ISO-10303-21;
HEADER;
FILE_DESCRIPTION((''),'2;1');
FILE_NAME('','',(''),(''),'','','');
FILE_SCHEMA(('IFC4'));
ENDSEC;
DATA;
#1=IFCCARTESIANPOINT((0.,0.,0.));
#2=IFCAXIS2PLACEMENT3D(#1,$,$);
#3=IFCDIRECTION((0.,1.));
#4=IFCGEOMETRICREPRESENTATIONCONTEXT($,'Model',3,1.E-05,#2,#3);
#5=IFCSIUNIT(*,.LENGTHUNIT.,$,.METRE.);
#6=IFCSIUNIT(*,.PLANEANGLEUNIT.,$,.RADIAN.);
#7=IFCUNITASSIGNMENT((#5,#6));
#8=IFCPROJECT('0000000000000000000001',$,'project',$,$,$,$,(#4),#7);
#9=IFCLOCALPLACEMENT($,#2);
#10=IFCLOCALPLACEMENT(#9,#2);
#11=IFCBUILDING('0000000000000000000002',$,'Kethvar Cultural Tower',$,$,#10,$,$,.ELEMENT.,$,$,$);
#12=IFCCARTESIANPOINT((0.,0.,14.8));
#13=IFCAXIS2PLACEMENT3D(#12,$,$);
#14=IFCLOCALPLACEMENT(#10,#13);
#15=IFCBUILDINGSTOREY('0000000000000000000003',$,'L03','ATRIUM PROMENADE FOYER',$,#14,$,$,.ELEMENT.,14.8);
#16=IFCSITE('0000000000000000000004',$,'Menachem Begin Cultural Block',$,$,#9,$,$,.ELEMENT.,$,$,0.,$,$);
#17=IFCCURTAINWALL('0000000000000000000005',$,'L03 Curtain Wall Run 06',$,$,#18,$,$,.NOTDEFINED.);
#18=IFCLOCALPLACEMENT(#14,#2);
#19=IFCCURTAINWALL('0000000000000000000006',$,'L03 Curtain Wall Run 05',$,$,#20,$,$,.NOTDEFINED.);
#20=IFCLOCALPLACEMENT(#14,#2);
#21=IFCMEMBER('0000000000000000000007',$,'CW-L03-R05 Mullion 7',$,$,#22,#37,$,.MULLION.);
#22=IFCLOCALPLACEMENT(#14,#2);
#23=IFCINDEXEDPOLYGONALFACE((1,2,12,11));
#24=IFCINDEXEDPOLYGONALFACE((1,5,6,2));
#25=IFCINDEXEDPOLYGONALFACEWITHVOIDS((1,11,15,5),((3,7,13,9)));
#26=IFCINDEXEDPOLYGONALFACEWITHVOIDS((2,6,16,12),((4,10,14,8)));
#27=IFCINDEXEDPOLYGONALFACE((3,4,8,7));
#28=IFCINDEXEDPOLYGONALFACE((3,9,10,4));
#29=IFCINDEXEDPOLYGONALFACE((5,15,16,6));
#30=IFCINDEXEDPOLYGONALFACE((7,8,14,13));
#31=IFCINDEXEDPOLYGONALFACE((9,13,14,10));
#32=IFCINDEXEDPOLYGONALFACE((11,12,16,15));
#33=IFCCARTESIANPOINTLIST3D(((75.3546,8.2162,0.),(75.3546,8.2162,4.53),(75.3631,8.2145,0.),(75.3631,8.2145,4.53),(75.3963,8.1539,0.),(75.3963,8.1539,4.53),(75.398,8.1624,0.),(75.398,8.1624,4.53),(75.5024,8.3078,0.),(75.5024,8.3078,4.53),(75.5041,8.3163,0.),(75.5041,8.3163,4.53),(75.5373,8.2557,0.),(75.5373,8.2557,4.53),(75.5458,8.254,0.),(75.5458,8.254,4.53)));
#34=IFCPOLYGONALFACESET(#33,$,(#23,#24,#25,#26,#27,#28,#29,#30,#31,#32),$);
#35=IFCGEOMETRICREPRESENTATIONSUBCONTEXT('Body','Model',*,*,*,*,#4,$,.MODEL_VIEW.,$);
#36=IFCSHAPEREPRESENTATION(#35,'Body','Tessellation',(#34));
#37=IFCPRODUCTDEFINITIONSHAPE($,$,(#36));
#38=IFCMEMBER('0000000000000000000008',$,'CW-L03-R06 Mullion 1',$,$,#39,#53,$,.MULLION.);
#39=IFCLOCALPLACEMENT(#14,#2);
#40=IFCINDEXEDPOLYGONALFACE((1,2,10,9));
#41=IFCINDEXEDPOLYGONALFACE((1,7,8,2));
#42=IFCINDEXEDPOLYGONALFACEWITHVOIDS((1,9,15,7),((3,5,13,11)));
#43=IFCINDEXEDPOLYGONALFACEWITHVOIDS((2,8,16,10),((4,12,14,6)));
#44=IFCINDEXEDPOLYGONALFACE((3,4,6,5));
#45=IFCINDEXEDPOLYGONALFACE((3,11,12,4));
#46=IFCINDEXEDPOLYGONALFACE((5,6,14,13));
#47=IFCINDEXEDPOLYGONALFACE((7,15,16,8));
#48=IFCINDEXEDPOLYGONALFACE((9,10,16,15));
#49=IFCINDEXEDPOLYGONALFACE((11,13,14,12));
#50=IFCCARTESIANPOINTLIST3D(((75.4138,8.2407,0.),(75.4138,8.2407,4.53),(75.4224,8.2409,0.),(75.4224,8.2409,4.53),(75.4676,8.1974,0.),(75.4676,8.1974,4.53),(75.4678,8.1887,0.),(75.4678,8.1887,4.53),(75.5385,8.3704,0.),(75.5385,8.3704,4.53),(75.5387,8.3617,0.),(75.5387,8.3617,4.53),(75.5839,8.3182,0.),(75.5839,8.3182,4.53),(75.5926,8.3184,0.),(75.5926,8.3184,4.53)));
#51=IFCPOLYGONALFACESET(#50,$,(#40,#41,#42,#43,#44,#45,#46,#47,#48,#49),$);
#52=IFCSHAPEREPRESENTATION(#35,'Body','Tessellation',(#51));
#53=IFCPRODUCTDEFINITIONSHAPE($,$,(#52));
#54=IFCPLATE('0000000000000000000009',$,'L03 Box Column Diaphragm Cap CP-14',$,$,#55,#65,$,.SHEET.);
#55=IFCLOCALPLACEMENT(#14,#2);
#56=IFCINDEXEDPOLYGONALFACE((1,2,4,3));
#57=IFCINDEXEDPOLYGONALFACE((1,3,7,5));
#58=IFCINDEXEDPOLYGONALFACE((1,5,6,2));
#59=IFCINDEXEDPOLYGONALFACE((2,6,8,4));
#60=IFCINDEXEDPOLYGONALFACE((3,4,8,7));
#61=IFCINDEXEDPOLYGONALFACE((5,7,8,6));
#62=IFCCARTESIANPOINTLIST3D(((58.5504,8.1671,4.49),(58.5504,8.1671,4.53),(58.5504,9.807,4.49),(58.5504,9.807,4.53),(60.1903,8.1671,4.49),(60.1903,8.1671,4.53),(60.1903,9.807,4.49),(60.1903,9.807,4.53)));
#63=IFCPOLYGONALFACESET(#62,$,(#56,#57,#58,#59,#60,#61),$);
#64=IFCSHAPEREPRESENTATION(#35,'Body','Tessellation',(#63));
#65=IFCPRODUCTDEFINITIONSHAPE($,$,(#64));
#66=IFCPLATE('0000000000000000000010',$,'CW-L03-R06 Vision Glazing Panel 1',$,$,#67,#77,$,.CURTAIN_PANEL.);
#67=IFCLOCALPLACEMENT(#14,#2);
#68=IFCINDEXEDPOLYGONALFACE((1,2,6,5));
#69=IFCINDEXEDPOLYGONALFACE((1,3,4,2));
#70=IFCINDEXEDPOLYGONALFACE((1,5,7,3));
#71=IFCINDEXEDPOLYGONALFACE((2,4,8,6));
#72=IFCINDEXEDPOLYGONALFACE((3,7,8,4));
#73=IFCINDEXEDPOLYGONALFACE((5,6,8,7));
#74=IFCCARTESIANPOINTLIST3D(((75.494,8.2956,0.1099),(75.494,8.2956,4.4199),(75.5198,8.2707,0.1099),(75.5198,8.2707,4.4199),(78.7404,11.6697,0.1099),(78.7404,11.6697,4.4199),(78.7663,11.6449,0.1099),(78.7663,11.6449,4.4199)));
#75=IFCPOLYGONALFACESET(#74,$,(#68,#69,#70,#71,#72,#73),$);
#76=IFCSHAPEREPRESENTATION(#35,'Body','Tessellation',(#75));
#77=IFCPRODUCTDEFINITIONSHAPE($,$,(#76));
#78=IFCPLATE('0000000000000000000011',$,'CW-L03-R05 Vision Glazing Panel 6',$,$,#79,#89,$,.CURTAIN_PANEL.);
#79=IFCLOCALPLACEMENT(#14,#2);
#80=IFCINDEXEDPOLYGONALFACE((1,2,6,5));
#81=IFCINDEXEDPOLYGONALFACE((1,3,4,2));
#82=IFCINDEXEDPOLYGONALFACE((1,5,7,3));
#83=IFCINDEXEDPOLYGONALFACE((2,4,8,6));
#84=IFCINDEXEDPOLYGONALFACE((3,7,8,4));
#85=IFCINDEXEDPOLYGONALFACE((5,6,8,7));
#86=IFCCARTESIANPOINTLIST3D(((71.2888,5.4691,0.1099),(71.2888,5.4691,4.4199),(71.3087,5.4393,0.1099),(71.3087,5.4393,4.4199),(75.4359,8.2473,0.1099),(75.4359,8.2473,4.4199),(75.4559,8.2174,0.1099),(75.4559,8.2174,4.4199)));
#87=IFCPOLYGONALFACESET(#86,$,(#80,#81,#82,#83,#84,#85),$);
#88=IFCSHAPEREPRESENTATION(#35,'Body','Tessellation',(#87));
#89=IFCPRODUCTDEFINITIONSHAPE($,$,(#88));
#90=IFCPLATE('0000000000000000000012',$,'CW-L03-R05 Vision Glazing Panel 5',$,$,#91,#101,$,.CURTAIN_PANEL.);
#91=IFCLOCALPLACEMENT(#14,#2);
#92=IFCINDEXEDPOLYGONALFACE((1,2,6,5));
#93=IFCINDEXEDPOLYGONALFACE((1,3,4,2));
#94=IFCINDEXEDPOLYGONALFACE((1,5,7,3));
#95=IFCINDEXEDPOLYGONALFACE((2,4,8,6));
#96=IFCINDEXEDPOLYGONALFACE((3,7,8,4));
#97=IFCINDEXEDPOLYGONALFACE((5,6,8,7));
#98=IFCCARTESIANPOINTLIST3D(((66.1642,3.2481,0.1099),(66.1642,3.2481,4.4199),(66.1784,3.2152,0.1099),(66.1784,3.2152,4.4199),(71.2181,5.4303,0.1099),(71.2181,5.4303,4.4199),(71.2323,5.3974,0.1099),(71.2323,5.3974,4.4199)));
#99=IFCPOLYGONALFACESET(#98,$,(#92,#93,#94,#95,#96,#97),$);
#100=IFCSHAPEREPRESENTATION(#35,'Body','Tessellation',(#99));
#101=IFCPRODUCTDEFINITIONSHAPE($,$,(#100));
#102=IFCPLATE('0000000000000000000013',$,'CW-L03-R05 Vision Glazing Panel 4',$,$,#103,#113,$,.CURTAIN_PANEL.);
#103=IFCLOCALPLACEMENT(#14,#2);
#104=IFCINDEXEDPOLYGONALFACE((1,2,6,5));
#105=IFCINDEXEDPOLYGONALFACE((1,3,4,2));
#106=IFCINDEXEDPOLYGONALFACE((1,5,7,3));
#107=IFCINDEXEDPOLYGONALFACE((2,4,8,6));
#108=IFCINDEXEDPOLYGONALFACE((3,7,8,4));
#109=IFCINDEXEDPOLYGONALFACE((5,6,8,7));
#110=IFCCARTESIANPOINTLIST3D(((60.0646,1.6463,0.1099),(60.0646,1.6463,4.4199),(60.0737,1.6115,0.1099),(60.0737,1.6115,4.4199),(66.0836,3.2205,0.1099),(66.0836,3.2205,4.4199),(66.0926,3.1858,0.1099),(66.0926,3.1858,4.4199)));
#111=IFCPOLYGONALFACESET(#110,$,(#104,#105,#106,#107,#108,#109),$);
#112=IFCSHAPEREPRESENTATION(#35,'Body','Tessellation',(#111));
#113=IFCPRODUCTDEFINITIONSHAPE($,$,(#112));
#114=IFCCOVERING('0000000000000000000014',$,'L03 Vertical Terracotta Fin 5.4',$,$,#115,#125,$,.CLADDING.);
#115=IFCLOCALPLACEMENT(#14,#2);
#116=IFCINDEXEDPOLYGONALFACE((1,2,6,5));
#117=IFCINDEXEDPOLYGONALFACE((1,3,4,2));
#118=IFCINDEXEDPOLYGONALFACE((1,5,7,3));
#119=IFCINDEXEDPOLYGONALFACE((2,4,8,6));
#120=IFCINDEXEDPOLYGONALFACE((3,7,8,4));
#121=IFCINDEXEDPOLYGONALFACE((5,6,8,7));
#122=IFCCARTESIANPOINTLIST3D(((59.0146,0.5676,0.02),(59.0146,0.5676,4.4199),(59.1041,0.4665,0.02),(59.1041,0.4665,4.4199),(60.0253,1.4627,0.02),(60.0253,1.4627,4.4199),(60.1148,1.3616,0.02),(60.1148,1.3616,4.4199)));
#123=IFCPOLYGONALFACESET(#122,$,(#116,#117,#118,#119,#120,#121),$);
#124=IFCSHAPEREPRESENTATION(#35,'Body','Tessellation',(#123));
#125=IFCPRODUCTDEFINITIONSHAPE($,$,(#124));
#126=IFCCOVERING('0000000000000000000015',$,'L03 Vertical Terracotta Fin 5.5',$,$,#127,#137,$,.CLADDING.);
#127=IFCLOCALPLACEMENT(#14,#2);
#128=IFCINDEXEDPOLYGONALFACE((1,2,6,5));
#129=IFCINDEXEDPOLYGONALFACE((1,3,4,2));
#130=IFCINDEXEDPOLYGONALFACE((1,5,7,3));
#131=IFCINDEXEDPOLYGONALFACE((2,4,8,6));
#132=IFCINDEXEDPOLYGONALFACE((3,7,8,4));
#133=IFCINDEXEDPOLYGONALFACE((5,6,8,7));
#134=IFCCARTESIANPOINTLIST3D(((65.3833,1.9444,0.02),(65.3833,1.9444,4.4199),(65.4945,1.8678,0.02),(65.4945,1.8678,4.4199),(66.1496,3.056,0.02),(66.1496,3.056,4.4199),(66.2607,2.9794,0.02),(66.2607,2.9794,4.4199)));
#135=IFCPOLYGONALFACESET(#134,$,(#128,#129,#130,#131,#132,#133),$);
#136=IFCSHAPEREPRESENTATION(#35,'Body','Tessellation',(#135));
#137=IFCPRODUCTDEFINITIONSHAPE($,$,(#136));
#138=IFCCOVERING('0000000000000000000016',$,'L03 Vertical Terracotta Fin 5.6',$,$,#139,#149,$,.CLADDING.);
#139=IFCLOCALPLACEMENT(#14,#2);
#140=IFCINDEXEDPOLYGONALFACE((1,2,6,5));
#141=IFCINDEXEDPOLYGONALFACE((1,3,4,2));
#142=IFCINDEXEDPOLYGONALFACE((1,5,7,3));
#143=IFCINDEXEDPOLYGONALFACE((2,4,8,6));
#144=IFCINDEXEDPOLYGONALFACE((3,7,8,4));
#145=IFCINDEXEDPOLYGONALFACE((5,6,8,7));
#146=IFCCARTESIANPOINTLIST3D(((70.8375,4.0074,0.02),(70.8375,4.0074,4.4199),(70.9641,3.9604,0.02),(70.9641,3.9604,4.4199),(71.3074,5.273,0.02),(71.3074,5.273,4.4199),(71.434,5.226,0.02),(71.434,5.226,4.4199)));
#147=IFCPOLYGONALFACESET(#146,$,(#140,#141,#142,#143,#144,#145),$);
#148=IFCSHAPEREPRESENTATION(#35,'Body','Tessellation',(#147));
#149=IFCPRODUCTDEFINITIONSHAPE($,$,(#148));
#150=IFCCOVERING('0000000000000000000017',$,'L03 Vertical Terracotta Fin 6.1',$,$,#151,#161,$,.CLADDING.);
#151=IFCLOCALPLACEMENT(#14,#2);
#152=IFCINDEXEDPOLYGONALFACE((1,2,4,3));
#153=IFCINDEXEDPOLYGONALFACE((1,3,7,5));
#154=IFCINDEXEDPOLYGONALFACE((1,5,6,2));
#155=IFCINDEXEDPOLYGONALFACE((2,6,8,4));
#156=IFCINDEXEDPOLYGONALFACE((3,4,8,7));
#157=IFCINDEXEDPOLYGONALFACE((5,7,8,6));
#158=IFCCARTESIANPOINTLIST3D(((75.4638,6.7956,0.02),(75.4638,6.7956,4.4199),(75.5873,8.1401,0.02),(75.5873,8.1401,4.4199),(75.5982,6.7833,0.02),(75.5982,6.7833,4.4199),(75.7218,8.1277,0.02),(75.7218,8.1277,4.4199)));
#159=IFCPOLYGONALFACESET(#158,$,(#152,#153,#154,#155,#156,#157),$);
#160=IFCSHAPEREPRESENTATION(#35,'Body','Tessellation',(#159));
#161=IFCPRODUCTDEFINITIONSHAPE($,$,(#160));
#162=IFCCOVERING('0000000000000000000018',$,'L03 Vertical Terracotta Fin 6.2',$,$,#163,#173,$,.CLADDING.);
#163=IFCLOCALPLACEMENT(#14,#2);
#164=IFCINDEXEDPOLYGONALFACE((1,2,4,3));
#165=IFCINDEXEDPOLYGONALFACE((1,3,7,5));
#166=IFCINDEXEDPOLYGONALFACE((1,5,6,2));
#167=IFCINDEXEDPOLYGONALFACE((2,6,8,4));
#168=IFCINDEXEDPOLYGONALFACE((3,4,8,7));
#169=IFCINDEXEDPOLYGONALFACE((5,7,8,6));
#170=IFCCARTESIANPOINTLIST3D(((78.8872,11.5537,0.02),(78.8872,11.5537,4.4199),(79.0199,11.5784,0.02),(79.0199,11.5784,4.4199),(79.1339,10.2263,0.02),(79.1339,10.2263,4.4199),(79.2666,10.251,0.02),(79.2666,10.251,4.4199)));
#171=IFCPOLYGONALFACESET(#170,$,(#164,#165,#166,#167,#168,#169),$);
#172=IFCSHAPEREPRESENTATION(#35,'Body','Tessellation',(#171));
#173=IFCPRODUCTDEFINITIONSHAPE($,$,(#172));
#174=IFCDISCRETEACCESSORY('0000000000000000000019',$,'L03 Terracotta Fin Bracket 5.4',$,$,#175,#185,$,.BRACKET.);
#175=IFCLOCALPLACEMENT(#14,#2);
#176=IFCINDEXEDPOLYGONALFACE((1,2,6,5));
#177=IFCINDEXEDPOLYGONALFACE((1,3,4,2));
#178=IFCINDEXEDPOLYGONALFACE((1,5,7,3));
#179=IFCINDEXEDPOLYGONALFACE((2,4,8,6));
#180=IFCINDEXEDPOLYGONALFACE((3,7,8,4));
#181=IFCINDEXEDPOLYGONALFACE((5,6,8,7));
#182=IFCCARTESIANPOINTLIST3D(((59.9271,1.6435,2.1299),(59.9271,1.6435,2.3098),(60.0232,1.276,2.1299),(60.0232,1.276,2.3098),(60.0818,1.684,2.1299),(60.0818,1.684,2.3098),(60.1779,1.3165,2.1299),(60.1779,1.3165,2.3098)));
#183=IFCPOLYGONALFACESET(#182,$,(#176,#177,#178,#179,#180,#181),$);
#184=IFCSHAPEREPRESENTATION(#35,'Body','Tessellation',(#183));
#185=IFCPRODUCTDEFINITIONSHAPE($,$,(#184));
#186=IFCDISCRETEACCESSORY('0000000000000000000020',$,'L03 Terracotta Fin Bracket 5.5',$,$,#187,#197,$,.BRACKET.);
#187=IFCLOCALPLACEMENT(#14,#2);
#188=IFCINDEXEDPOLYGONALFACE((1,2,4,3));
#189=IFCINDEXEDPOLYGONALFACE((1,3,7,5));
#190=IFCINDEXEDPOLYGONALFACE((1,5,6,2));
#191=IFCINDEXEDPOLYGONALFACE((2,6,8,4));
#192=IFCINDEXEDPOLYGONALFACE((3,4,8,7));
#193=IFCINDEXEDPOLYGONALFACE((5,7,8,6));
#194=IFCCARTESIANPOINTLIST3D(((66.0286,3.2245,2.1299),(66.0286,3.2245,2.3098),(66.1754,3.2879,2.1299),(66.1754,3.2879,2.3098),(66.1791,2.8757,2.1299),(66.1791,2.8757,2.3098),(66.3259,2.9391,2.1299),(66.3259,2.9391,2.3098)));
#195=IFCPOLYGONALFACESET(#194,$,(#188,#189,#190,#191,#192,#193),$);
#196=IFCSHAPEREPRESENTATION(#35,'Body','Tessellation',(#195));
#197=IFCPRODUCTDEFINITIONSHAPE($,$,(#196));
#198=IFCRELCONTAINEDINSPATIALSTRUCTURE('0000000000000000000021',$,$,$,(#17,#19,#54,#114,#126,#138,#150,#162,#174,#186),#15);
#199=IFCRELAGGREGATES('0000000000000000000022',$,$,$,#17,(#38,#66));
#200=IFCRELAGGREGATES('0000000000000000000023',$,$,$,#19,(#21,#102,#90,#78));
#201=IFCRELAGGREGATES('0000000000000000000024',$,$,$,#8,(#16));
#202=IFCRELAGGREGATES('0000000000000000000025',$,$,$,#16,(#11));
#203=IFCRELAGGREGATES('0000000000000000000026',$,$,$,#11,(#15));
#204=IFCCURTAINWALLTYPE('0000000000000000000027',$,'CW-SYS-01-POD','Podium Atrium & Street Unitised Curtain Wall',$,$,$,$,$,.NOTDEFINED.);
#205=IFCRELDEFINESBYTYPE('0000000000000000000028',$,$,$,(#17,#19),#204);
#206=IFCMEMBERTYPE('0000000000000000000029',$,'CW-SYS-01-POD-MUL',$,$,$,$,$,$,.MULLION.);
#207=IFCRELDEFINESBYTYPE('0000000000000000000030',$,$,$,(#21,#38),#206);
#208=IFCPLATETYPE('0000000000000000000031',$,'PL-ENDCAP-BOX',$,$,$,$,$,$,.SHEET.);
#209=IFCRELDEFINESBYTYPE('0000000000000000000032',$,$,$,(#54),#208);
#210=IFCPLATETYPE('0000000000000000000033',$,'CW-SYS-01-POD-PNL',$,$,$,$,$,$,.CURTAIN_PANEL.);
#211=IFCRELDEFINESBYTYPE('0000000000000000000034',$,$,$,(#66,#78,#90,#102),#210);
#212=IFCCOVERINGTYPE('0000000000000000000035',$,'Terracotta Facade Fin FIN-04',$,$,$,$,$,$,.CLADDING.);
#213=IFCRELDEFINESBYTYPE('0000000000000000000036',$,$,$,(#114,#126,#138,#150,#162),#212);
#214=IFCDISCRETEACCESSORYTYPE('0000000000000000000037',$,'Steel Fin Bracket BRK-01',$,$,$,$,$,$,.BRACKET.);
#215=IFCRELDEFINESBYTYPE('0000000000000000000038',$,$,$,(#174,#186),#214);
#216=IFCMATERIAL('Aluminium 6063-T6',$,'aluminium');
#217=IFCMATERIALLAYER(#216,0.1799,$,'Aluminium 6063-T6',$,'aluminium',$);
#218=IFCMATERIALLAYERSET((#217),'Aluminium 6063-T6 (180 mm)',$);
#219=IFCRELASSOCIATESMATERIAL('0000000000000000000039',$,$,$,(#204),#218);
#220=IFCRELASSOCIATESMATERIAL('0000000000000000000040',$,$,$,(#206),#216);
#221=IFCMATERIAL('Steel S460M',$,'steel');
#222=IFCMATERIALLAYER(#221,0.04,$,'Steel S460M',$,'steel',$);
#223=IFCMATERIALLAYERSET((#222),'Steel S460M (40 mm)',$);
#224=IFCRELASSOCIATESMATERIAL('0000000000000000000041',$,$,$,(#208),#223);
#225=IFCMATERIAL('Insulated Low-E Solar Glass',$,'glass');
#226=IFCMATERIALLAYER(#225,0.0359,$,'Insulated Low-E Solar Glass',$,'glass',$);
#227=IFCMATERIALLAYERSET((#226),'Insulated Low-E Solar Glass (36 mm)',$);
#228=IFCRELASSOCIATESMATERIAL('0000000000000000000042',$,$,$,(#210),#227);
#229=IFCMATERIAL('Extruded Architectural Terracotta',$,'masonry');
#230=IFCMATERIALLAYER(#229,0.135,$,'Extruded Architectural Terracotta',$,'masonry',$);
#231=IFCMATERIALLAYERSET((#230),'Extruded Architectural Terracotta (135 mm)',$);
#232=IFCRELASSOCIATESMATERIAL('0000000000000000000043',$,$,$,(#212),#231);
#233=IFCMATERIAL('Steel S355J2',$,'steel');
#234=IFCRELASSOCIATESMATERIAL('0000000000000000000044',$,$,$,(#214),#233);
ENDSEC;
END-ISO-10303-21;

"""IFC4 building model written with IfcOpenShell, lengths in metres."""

from ifc_helpers import new_model, si_unit, direction, frame, origin, origin_2d, place, context, subcontext, project, spatial, rectangle, hollow_rectangle, extrude, source, transform, mapped, material, layer, layer_set, material_profile, profile_set, type_object, element, aggregate, save


model = new_model("IFC4")

# Units and contexts
model_context = context("Model", 3, precision=1e-05, world=origin(), true_north=direction((0.0, 1.0)))
body_context = subcontext(model_context, "Body", "Model", "MODEL_VIEW")
ifc_project = project(units=[si_unit("LENGTHUNIT", "METRE"), si_unit("PLANEANGLEUNIT", "RADIAN")], contexts=[model_context])

# Site, building, storey
site_placement = place(None, origin())
site = spatial("IfcSite", under=ifc_project, at=site_placement, Name="Menachem Begin Cultural Block", CompositionType="ELEMENT", RefElevation=0.0)
building_placement = place(site_placement, origin())
building = spatial("IfcBuilding", under=site, at=building_placement, Name="Kethvar Cultural Tower", CompositionType="ELEMENT")
storey_placement = place(building_placement, frame((0.0, 0.0, 14.8)))
storey = spatial("IfcBuildingStorey", under=building, at=storey_placement, Name="L03", Description="ATRIUM PROMENADE FOYER", CompositionType="ELEMENT", Elevation=14.8)

# Shared definitions
ifc_material_1 = material(Name="Steel S355J2", Category="steel")

# Curtain wall
ifc_material_2 = material(Name="Aluminium 6063-T6", Category="aluminium")
ifc_layer_1 = layer(ifc_material_2, 0.1799, Name="Aluminium 6063-T6", Category="aluminium")
ifc_layer_set_1 = layer_set([ifc_layer_1], Name="Aluminium 6063-T6 (180 mm)")
curtain_wall_type = type_object("IfcCurtainWallType", Name="CW-SYS-01-POD", Description="Podium Atrium & Street Unitised Curtain Wall", PredefinedType="NOTDEFINED", material=ifc_layer_set_1)
curtain_wall_1_placement = place(storey_placement, origin())
curtain_wall_1 = element("IfcCurtainWall", 1, at=curtain_wall_1_placement, inside=storey, type_object=curtain_wall_type, Name="L03 Curtain Wall Run 06", PredefinedType="NOTDEFINED")

# Curtain wall, member
curtain_wall_2_placement = place(storey_placement, origin())
curtain_wall_2 = element("IfcCurtainWall", 2, at=curtain_wall_2_placement, inside=storey, type_object=curtain_wall_type, Name="L03 Curtain Wall Run 05", PredefinedType="NOTDEFINED")
ifc_material_profile_1 = material_profile(ifc_material_2, hollow_rectangle(XDim=0.075, YDim=0.1799, WallThickness=0.0061, at=origin_2d()), Name="Aluminium 6063-T6 — RHS180x75x6")
ifc_profile_set_1 = profile_set([ifc_material_profile_1], Name="Aluminium 6063-T6 — RHS180x75x6")
member_type_1 = type_object("IfcMemberType", Name="CW-SYS-01-POD-MUL", PredefinedType="MULLION", material=ifc_profile_set_1)
shared_shape_1 = source(origin(), body_context, "Body", "SweptSolid", [
    extrude(hollow_rectangle(XDim=0.075, YDim=0.1799, WallThickness=0.0061, at=origin_2d()), origin(), (0.0, 0.0, 1.0), 4.53),
])
member_1_placement = place(storey_placement, frame((75.4502, 8.2351, 0.0), z_axis=(0.0, 0.0, 1.0), x_axis=(-0.556557, 0.83081, 0.0)))
member_1 = element("IfcMember", 3, at=member_1_placement, type_object=member_type_1, Name="CW-L03-R05 Mullion 7", PredefinedType="MULLION", context=body_context, shape_type="MappedRepresentation", body=[
    mapped(shared_shape_1, transform((0.0, 0.0, 0.0), scale=1.0)),
])

# Member
member_2_placement = place(storey_placement, frame((75.5032, 8.2795, 0.0), z_axis=(0.0, 0.0, 1.0), x_axis=(-0.720612, 0.693339, 0.0)))
member_2 = element("IfcMember", 4, at=member_2_placement, type_object=member_type_1, Name="CW-L03-R06 Mullion 1", PredefinedType="MULLION", context=body_context, shape_type="MappedRepresentation", body=[
    mapped(shared_shape_1, transform((0.0, 0.0, 0.0), scale=1.0)),
])

# Plates
ifc_material_3 = material(Name="Steel S460M", Category="steel")
ifc_layer_2 = layer(ifc_material_3, 0.04, Name="Steel S460M", Category="steel")
ifc_layer_set_2 = layer_set([ifc_layer_2], Name="Steel S460M (40 mm)")
plate_type_1 = type_object("IfcPlateType", Name="PL-ENDCAP-BOX", PredefinedType="SHEET", material=ifc_layer_set_2)
shared_shape_2 = source(origin(), body_context, "Body", "SweptSolid", [
    extrude(rectangle(XDim=1.6399, YDim=1.6399, at=origin_2d()), origin(), (0.0, 0.0, 1.0), 0.04),
])
plate_1_placement = place(storey_placement, frame((59.3704, 8.9871, 4.49), z_axis=(0.0, 0.0, 1.0), x_axis=(1.0, 0.0, 0.0)))
element("IfcPlate", 5, at=plate_1_placement, inside=storey, type_object=plate_type_1, Name="L03 Box Column Diaphragm Cap CP-14", PredefinedType="SHEET", context=body_context, shape_type="MappedRepresentation", body=[
    mapped(shared_shape_2, transform((0.0, 0.0, 0.0), scale=1.0)),
])
ifc_material_4 = material(Name="Insulated Low-E Solar Glass", Category="glass")
ifc_layer_3 = layer(ifc_material_4, 0.0359, Name="Insulated Low-E Solar Glass", Category="glass")
ifc_layer_set_3 = layer_set([ifc_layer_3], Name="Insulated Low-E Solar Glass (36 mm)")
plate_type_2 = type_object("IfcPlateType", Name="CW-SYS-01-POD-PNL", PredefinedType="CURTAIN_PANEL", material=ifc_layer_set_3)
shared_shape_3 = source(origin(), body_context, "Body", "SweptSolid", [
    extrude(rectangle(XDim=4.6824, YDim=0.0359, at=origin_2d()), origin(), (0.0, 0.0, 1.0), 4.3101),
])
plate_2_placement = place(storey_placement, frame((77.1301, 9.9702, 0.1099), z_axis=(0.0, 0.0, 1.0), x_axis=(0.693339, 0.720612, 0.0)))
plate_2 = element("IfcPlate", 6, at=plate_2_placement, type_object=plate_type_2, Name="CW-L03-R06 Vision Glazing Panel 1", PredefinedType="CURTAIN_PANEL", context=body_context, shape_type="MappedRepresentation", body=[
    mapped(shared_shape_3, transform((0.0, 0.0, 0.0), scale=1.0)),
])
aggregate(curtain_wall_1, [member_2, plate_2])
shared_shape_4 = source(origin(), body_context, "Body", "SweptSolid", [
    extrude(rectangle(XDim=4.9917, YDim=0.0359, at=origin_2d()), origin(), (0.0, 0.0, 1.0), 4.3101),
])
plate_3_placement = place(storey_placement, frame((73.3723, 6.8433, 0.1099), z_axis=(0.0, 0.0, 1.0), x_axis=(0.83081, 0.556557, 0.0)))
plate_3 = element("IfcPlate", 7, at=plate_3_placement, type_object=plate_type_2, Name="CW-L03-R05 Vision Glazing Panel 6", PredefinedType="CURTAIN_PANEL", context=body_context, shape_type="MappedRepresentation", body=[
    mapped(shared_shape_4, transform((0.0, 0.0, 0.0), scale=1.0)),
])
shared_shape_5 = source(origin(), body_context, "Body", "SweptSolid", [
    extrude(rectangle(XDim=5.5049, YDim=0.0359, at=origin_2d()), origin(), (0.0, 0.0, 1.0), 4.3101),
])
plate_4_placement = place(storey_placement, frame((68.6982, 4.3228, 0.1099), z_axis=(0.0, 0.0, 1.0), x_axis=(0.918073, 0.396411, 0.0)))
plate_4 = element("IfcPlate", 8, at=plate_4_placement, type_object=plate_type_2, Name="CW-L03-R05 Vision Glazing Panel 5", PredefinedType="CURTAIN_PANEL", context=body_context, shape_type="MappedRepresentation", body=[
    mapped(shared_shape_5, transform((0.0, 0.0, 0.0), scale=1.0)),
])
shared_shape_6 = source(origin(), body_context, "Body", "SweptSolid", [
    extrude(rectangle(XDim=6.2214, YDim=0.0359, at=origin_2d()), origin(), (0.0, 0.0, 1.0), 4.3101),
])
plate_5_placement = place(storey_placement, frame((63.0786, 2.416, 0.1099), z_axis=(0.0, 0.0, 1.0), x_axis=(0.967458, 0.253032, 0.0)))
plate_5 = element("IfcPlate", 9, at=plate_5_placement, type_object=plate_type_2, Name="CW-L03-R05 Vision Glazing Panel 4", PredefinedType="CURTAIN_PANEL", context=body_context, shape_type="MappedRepresentation", body=[
    mapped(shared_shape_6, transform((0.0, 0.0, 0.0), scale=1.0)),
])
aggregate(curtain_wall_2, [member_1, plate_5, plate_4, plate_3])

# Coverings
ifc_material_5 = material(Name="Extruded Architectural Terracotta", Category="masonry")
ifc_layer_4 = layer(ifc_material_5, 0.135, Name="Extruded Architectural Terracotta", Category="masonry")
ifc_layer_set_4 = layer_set([ifc_layer_4], Name="Extruded Architectural Terracotta (135 mm)")
covering_type = type_object("IfcCoveringType", Name="Terracotta Facade Fin FIN-04", PredefinedType="CLADDING", material=ifc_layer_set_4)
shared_shape_7 = source(origin(), body_context, "Body", "SweptSolid", [
    extrude(rectangle(XDim=1.3501, YDim=0.135, at=origin_2d()), origin(), (0.0, 0.0, 1.0), 4.3999),
])
for number, where, z_axis, x_axis, name in (
    (10, (59.5647, 0.9646, 0.02), (0.0, 0.0, 1.0), (-0.748609, -0.663012, 0.0), "L03 Vertical Terracotta Fin 5.4"),
    (11, (65.822, 2.4619, 0.02), (0.0, 0.0, 1.0), (-0.567556, -0.823335, 0.0), "L03 Vertical Terracotta Fin 5.5"),
    (12, (71.1357, 4.6167, 0.02), (0.0, 0.0, 1.0), (-0.348081, -0.937464, 0.0), "L03 Vertical Terracotta Fin 5.6"),
    (13, (75.5928, 7.4617, 0.02), (0.0, 0.0, 1.0), (-0.091502, -0.995805, 0.0), "L03 Vertical Terracotta Fin 6.1"),
    (14, (79.0769, 10.9023, 0.02), (0.0, 0.0, 1.0), (0.18275, -0.983159, 0.0), "L03 Vertical Terracotta Fin 6.2"),
):
    element("IfcCovering", number, at=place(storey_placement, frame(where, z_axis=z_axis, x_axis=x_axis)), inside=storey, type_object=covering_type, Name=name, PredefinedType="CLADDING", context=body_context, shape_type="MappedRepresentation", body=[
        mapped(shared_shape_7, transform((0.0, 0.0, 0.0), scale=1.0)),
    ])

# Discrete accessories
discrete_accessory_type = type_object("IfcDiscreteAccessoryType", Name="Steel Fin Bracket BRK-01", PredefinedType="BRACKET", material=ifc_material_1)
shared_shape_8 = source(origin(), body_context, "Body", "SweptSolid", [
    extrude(rectangle(XDim=0.3799, YDim=0.1599, at=origin_2d()), origin(), (0.0, 0.0, 1.0), 0.1799),
])
for number, where, z_axis, x_axis, name in (
    (15, (60.0525, 1.48, 2.1299), (0.0, 0.0, 1.0), (0.253083, -0.967445, 0.0), "L03 Terracotta Fin Bracket 5.4"),
    (16, (66.1772, 3.0818, 2.1299), (0.0, 0.0, 1.0), (0.396347, -0.918101, 0.0), "L03 Terracotta Fin Bracket 5.5"),
):
    element("IfcDiscreteAccessory", number, at=place(storey_placement, frame(where, z_axis=z_axis, x_axis=x_axis)), inside=storey, type_object=discrete_accessory_type, Name=name, PredefinedType="BRACKET", context=body_context, shape_type="MappedRepresentation", body=[
        mapped(shared_shape_8, transform((0.0, 0.0, 0.0), scale=1.0)),
    ])

save(model, "model.ifc")
